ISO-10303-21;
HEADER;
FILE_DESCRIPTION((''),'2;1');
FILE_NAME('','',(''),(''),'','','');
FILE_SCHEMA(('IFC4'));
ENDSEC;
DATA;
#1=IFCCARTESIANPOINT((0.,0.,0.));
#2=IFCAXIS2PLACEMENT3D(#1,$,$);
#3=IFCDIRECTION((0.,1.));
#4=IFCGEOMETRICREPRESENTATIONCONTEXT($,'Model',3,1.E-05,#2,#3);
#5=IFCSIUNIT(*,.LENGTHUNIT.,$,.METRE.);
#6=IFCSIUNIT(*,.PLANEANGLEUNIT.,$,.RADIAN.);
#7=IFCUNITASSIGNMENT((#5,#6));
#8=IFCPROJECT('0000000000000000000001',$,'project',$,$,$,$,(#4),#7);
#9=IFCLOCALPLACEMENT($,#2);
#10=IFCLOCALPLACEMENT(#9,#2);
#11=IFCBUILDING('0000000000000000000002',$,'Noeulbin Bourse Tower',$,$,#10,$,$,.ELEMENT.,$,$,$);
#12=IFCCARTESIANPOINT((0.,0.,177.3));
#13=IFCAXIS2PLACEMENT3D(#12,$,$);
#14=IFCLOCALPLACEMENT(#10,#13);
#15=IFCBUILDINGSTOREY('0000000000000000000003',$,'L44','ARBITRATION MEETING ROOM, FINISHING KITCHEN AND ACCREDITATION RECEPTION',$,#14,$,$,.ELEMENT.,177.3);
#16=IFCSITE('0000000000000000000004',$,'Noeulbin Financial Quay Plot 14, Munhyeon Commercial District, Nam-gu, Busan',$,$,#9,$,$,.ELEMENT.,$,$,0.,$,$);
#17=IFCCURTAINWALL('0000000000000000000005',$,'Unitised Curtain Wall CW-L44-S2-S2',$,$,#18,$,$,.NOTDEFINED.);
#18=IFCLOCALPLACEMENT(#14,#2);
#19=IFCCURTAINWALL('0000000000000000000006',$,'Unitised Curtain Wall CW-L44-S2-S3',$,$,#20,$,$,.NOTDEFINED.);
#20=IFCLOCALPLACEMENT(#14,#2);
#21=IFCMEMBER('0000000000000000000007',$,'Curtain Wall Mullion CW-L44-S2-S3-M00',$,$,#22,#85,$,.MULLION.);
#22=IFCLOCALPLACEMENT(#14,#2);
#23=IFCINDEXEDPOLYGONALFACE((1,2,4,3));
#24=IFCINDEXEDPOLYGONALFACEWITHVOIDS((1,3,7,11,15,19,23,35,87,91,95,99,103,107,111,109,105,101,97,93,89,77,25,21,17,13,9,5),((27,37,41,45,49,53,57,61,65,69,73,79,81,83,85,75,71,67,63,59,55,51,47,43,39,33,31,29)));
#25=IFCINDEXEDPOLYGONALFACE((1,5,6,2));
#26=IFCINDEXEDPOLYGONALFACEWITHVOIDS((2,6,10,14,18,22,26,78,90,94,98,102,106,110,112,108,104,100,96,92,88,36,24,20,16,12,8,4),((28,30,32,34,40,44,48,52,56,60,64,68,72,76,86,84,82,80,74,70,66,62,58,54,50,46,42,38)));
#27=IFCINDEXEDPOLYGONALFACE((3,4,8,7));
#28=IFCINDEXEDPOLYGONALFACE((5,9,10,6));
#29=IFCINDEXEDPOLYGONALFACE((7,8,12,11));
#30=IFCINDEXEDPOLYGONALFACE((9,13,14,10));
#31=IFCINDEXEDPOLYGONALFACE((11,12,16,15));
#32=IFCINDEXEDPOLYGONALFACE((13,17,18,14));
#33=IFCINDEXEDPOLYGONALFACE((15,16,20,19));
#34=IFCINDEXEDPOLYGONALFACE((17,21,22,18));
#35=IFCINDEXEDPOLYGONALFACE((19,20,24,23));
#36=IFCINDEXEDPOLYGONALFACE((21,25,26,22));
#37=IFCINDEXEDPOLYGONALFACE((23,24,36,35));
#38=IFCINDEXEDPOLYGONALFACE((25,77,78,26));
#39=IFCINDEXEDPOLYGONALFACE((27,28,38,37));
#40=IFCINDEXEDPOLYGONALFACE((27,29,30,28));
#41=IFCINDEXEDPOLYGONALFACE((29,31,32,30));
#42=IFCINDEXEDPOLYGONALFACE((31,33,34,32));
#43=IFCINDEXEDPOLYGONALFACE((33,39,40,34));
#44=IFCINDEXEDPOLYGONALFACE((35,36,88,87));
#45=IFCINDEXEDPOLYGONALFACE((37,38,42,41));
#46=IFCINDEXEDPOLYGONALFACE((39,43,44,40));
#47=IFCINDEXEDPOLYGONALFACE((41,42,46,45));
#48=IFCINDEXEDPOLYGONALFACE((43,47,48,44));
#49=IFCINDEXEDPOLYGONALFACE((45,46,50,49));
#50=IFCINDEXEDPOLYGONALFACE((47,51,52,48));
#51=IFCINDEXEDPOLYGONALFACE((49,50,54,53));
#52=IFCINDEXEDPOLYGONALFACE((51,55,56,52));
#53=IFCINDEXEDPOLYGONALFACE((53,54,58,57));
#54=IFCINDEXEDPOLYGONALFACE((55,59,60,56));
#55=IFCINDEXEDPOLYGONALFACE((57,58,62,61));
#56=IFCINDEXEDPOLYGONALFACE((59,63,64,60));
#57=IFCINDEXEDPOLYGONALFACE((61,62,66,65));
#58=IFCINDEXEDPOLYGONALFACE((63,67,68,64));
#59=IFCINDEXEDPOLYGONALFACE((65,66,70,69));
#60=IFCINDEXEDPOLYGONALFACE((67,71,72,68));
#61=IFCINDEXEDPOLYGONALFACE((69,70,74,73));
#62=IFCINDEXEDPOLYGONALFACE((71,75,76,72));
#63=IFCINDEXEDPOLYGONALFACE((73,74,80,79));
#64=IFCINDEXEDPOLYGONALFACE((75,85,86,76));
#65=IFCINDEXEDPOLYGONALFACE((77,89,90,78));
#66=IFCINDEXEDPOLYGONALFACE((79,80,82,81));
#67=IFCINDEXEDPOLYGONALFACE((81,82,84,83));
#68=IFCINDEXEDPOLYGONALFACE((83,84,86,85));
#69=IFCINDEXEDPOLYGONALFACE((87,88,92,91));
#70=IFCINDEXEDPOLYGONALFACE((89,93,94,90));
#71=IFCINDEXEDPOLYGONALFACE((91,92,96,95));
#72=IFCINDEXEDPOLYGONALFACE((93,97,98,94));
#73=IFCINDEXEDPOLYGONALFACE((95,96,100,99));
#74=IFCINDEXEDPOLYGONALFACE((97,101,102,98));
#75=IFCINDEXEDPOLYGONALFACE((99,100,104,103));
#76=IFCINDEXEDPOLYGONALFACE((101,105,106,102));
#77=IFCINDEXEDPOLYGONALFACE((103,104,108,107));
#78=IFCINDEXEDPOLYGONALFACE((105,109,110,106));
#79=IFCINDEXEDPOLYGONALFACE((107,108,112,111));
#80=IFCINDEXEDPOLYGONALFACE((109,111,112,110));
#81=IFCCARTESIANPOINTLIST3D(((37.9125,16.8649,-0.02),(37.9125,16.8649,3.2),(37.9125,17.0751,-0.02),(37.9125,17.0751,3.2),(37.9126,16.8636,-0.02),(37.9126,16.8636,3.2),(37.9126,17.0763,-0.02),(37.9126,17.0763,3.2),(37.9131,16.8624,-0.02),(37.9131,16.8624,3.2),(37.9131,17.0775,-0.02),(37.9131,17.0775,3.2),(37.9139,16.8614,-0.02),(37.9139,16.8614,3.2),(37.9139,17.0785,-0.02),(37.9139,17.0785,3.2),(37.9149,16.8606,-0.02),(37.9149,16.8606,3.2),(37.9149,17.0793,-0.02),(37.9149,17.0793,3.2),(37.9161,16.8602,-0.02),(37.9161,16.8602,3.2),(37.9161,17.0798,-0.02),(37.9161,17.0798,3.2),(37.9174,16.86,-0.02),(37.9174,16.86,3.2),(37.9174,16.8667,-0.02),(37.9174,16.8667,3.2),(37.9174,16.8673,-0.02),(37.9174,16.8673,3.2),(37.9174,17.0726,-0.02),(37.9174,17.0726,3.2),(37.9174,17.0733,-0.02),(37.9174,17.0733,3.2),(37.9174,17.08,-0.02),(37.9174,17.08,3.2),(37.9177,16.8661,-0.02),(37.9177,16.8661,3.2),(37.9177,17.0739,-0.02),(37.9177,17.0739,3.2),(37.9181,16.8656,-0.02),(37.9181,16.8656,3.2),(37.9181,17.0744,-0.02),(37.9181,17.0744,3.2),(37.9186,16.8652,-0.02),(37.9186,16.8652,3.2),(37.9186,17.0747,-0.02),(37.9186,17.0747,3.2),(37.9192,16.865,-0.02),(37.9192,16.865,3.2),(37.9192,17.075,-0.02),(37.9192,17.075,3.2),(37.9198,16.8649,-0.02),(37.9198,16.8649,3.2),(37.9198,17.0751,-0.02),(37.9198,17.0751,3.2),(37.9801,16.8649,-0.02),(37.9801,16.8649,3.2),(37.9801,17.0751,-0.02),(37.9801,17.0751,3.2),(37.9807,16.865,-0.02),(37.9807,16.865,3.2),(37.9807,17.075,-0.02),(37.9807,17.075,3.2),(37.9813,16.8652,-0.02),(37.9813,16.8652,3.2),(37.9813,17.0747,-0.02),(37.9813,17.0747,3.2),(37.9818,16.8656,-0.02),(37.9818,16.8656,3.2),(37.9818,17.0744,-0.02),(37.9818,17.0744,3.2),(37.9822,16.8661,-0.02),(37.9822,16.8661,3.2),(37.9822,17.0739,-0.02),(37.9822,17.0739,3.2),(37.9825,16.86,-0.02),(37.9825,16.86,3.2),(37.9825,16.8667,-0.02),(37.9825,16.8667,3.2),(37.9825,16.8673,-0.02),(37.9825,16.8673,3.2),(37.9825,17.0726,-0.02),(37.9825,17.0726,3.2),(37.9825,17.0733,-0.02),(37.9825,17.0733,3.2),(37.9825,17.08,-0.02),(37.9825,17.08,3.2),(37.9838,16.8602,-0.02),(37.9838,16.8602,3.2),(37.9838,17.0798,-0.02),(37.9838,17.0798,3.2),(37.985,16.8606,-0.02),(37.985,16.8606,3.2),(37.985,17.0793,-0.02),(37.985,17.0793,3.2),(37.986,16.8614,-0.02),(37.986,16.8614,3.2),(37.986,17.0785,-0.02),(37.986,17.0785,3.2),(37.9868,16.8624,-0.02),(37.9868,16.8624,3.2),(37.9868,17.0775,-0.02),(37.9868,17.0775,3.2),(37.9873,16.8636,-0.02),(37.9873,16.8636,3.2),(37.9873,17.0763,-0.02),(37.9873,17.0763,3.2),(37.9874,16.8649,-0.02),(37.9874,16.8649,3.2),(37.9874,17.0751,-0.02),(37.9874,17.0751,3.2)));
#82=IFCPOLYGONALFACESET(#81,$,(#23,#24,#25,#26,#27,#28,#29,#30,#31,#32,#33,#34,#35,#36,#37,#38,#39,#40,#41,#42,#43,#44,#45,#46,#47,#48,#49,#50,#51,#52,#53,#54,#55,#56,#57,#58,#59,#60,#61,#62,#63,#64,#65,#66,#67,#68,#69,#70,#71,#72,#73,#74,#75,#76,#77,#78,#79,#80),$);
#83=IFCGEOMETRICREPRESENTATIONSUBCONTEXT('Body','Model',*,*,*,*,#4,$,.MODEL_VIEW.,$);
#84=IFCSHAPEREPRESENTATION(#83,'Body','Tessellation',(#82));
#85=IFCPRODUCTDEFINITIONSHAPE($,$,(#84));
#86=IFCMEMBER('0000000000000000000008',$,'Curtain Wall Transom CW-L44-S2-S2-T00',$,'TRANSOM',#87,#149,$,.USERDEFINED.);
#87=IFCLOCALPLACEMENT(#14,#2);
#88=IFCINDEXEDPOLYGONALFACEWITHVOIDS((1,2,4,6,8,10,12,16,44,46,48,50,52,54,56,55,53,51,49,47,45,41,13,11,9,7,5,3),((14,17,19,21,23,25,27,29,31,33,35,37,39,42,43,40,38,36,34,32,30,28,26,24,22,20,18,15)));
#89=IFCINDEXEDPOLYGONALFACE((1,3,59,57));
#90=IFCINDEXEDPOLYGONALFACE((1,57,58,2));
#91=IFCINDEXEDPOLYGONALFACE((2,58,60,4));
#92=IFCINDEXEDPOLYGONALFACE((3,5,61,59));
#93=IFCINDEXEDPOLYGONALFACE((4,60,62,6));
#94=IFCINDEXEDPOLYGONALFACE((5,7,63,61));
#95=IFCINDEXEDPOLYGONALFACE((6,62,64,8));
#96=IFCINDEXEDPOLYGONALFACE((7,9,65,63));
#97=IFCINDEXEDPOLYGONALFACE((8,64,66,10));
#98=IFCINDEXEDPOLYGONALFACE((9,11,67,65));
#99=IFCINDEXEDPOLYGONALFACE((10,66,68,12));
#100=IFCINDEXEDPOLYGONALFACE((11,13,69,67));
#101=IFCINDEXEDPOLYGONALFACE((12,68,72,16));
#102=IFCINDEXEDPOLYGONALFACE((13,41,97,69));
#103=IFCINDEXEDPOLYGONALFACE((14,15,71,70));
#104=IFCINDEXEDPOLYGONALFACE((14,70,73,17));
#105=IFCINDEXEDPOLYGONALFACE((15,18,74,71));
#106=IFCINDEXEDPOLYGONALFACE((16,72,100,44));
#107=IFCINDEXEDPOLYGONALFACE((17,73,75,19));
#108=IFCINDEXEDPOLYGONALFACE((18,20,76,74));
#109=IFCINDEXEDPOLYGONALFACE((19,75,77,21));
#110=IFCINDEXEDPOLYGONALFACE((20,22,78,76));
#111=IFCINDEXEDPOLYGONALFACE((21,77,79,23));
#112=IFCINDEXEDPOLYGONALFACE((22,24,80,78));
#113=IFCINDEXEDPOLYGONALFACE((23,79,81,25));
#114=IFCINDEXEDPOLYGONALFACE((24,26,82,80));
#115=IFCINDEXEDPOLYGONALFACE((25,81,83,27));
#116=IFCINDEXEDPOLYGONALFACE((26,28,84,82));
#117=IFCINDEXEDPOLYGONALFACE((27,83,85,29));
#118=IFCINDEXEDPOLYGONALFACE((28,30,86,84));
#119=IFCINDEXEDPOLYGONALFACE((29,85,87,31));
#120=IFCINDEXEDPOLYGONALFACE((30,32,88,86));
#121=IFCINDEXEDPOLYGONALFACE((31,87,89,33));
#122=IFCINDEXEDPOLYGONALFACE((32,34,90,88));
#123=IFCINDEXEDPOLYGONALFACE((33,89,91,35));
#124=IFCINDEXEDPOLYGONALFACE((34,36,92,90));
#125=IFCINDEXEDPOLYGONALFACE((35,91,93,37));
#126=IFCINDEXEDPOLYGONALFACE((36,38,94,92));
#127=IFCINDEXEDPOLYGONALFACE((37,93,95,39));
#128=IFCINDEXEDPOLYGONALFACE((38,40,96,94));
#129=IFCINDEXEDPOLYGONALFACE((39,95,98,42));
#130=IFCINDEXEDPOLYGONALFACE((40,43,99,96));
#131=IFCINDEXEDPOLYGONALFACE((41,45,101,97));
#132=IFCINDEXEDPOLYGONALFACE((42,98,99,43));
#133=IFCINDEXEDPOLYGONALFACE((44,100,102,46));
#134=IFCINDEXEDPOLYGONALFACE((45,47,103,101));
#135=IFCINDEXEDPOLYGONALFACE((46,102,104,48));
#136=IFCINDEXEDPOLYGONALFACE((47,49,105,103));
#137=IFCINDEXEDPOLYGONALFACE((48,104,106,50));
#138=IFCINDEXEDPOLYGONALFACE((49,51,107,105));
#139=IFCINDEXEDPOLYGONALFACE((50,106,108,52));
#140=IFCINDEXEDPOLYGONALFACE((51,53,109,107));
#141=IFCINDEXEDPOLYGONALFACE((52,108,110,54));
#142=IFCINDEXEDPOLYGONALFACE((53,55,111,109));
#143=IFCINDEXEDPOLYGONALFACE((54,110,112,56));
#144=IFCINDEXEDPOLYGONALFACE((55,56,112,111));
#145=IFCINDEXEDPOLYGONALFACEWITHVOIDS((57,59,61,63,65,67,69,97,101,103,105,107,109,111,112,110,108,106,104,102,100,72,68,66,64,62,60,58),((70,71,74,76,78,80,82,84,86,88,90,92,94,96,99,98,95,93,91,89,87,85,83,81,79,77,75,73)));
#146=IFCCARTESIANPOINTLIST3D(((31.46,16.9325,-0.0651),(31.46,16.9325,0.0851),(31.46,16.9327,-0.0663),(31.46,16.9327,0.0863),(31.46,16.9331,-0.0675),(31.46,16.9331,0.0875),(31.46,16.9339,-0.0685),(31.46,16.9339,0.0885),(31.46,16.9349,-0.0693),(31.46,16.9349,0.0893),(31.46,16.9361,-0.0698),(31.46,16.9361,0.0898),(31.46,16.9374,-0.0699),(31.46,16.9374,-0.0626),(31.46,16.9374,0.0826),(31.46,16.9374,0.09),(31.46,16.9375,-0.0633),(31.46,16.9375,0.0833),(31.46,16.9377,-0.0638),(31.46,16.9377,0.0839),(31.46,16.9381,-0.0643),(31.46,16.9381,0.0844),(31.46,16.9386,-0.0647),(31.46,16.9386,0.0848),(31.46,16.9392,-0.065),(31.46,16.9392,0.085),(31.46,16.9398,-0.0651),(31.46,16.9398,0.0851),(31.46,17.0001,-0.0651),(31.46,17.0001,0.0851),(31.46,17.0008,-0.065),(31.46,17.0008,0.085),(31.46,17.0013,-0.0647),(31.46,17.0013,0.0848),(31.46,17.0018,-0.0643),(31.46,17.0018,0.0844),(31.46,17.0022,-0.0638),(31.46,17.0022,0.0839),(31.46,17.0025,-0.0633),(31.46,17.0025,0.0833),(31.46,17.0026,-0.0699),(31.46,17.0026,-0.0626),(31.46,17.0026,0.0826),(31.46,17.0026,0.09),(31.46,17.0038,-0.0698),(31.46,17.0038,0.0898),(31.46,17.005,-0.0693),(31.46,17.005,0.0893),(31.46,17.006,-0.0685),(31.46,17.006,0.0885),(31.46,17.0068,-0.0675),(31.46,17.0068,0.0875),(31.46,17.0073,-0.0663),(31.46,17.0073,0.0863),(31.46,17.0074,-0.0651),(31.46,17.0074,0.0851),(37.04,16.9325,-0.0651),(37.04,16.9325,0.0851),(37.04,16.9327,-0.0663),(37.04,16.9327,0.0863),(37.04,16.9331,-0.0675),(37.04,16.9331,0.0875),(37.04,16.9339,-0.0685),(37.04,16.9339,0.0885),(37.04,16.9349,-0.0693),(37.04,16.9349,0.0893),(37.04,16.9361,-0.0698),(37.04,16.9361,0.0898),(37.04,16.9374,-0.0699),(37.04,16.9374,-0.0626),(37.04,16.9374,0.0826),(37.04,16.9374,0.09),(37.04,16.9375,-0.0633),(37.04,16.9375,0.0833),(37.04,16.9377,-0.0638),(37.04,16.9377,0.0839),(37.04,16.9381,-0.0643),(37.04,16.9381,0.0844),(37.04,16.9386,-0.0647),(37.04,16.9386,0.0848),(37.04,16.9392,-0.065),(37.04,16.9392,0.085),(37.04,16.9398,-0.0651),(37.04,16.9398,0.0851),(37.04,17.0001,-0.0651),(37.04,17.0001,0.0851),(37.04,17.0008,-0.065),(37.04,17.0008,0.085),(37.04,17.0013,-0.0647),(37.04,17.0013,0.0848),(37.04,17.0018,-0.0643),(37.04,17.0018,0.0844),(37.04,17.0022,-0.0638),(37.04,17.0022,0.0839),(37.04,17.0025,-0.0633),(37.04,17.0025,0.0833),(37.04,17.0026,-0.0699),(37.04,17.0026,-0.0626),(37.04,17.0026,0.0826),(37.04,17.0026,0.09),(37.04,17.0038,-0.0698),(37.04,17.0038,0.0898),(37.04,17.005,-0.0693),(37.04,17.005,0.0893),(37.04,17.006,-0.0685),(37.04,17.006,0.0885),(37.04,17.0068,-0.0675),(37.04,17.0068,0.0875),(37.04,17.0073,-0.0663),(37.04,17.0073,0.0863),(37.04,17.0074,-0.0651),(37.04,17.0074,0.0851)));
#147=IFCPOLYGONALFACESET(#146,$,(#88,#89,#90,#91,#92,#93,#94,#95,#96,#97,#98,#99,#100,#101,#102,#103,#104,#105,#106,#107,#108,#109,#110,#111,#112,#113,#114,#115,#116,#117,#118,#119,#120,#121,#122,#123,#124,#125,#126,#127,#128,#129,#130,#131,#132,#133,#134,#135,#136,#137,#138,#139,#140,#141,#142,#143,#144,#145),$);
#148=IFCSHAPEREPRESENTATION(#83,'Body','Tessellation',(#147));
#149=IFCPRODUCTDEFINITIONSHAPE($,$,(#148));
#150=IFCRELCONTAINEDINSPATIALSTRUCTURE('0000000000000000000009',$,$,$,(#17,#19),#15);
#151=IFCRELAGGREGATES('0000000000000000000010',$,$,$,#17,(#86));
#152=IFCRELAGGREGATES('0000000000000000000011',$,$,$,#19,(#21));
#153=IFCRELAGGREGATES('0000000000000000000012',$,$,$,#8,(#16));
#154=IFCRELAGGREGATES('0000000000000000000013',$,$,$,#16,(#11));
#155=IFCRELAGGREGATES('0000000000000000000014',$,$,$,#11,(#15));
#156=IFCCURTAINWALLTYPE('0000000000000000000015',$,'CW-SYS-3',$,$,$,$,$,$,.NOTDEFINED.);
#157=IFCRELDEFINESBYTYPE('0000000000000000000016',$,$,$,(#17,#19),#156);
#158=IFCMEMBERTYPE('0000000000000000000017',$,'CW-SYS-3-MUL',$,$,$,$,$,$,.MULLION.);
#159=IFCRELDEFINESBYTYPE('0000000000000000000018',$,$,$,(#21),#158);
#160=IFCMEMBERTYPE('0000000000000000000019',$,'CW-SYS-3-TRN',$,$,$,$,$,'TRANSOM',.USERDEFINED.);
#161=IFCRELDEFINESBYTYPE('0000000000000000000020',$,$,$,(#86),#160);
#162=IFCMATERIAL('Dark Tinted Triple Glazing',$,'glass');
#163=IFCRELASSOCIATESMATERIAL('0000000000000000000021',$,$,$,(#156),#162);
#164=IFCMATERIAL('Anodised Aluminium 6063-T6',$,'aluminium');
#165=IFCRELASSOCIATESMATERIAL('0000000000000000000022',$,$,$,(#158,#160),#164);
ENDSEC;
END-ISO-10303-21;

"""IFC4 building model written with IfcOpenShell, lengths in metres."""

from ifc_helpers import new_model, si_unit, direction, frame, origin, origin_2d, place, context, subcontext, project, spatial, hollow_rectangle, extrude, material, material_profile, profile_set, type_object, element, aggregate, save


model = new_model("IFC4")

# Units and contexts
model_context = context("Model", 3, precision=1e-05, world=origin(), true_north=direction((0.0, 1.0)))
body_context = subcontext(model_context, "Body", "Model", "MODEL_VIEW")
ifc_project = project(units=[si_unit("LENGTHUNIT", "METRE"), si_unit("PLANEANGLEUNIT", "RADIAN")], contexts=[model_context])

# Site, building, storey
site_placement = place(None, origin())
site = spatial("IfcSite", under=ifc_project, at=site_placement, Name="Noeulbin Financial Quay Plot 14, Munhyeon Commercial District, Nam-gu, Busan", CompositionType="ELEMENT", RefElevation=0.0)
building_placement = place(site_placement, origin())
building = spatial("IfcBuilding", under=site, at=building_placement, Name="Noeulbin Bourse Tower", CompositionType="ELEMENT")
storey_placement = place(building_placement, frame((0.0, 0.0, 177.3)))
storey = spatial("IfcBuildingStorey", under=building, at=storey_placement, Name="L44", Description="ARBITRATION MEETING ROOM, FINISHING KITCHEN AND ACCREDITATION RECEPTION", CompositionType="ELEMENT", Elevation=177.3)

# Curtain wall
ifc_material_1 = material(Name="Dark Tinted Triple Glazing", Category="glass")
curtain_wall_type = type_object("IfcCurtainWallType", Name="CW-SYS-3", PredefinedType="NOTDEFINED", material=ifc_material_1)
curtain_wall_1_placement = place(storey_placement, origin())
curtain_wall_1 = element("IfcCurtainWall", 1, at=curtain_wall_1_placement, inside=storey, type_object=curtain_wall_type, Name="Unitised Curtain Wall CW-L44-S2-S2", PredefinedType="NOTDEFINED")
ifc_material_2 = material(Name="Anodised Aluminium 6063-T6", Category="aluminium")
ifc_material_profile_1 = material_profile(ifc_material_2, hollow_rectangle(XDim=0.075, YDim=0.22, WallThickness=0.0049, InnerFilletRadius=0.0024, OuterFilletRadius=0.0049, at=origin_2d()), Name="ALU-MULL-75x220x5", Category="LoadBearing")
ifc_profile_set_1 = profile_set([ifc_material_profile_1], Name="Anodised Aluminium 6063-T6")
member_type_1 = type_object("IfcMemberType", Name="CW-SYS-3-MUL", PredefinedType="MULLION", material=ifc_profile_set_1)

# Curtain wall, member
curtain_wall_2_placement = place(storey_placement, origin())
curtain_wall_2 = element("IfcCurtainWall", 2, at=curtain_wall_2_placement, inside=storey, type_object=curtain_wall_type, Name="Unitised Curtain Wall CW-L44-S2-S3", PredefinedType="NOTDEFINED")
member_1_placement = place(storey_placement, frame((37.95, 16.97, -0.02), z_axis=(0.0, 0.0, 1.0), x_axis=(1.0, 0.0, 0.0)))
member_1 = element("IfcMember", 3, at=member_1_placement, type_object=member_type_1, Name="Curtain Wall Mullion CW-L44-S2-S3-M00", PredefinedType="MULLION", context=body_context, shape_type="SweptSolid", body=[
    extrude(hollow_rectangle(XDim=0.075, YDim=0.22, WallThickness=0.0049, InnerFilletRadius=0.0024, OuterFilletRadius=0.0049, at=origin_2d()), origin(), (0.0, 0.0, 1.0), 3.22),
])

# Member
ifc_material_profile_2 = material_profile(ifc_material_2, hollow_rectangle(XDim=0.075, YDim=0.1599, WallThickness=0.0049, InnerFilletRadius=0.0024, OuterFilletRadius=0.0049, at=origin_2d()), Name="ALU-TRAN-75x160x5", Category="LoadBearing")
ifc_profile_set_2 = profile_set([ifc_material_profile_2], Name="Anodised Aluminium 6063-T6")
member_type_2 = type_object("IfcMemberType", Name="CW-SYS-3-TRN", ElementType="TRANSOM", PredefinedType="USERDEFINED", material=ifc_profile_set_2)
member_2_placement = place(storey_placement, frame((31.46, 16.97, 0.01), z_axis=(1.0, 0.0, 0.0), x_axis=(0.0, 1.0, 0.0)))
member_2 = element("IfcMember", 4, at=member_2_placement, type_object=member_type_2, Name="Curtain Wall Transom CW-L44-S2-S2-T00", ObjectType="TRANSOM", PredefinedType="USERDEFINED", context=body_context, shape_type="SweptSolid", body=[
    extrude(hollow_rectangle(XDim=0.075, YDim=0.1599, WallThickness=0.0049, InnerFilletRadius=0.0024, OuterFilletRadius=0.0049, at=origin_2d()), origin(), (0.0, 0.0, 1.0), 5.5801),
])

aggregate(curtain_wall_1, [member_2])
aggregate(curtain_wall_2, [member_1])

save(model, "model.ifc")
